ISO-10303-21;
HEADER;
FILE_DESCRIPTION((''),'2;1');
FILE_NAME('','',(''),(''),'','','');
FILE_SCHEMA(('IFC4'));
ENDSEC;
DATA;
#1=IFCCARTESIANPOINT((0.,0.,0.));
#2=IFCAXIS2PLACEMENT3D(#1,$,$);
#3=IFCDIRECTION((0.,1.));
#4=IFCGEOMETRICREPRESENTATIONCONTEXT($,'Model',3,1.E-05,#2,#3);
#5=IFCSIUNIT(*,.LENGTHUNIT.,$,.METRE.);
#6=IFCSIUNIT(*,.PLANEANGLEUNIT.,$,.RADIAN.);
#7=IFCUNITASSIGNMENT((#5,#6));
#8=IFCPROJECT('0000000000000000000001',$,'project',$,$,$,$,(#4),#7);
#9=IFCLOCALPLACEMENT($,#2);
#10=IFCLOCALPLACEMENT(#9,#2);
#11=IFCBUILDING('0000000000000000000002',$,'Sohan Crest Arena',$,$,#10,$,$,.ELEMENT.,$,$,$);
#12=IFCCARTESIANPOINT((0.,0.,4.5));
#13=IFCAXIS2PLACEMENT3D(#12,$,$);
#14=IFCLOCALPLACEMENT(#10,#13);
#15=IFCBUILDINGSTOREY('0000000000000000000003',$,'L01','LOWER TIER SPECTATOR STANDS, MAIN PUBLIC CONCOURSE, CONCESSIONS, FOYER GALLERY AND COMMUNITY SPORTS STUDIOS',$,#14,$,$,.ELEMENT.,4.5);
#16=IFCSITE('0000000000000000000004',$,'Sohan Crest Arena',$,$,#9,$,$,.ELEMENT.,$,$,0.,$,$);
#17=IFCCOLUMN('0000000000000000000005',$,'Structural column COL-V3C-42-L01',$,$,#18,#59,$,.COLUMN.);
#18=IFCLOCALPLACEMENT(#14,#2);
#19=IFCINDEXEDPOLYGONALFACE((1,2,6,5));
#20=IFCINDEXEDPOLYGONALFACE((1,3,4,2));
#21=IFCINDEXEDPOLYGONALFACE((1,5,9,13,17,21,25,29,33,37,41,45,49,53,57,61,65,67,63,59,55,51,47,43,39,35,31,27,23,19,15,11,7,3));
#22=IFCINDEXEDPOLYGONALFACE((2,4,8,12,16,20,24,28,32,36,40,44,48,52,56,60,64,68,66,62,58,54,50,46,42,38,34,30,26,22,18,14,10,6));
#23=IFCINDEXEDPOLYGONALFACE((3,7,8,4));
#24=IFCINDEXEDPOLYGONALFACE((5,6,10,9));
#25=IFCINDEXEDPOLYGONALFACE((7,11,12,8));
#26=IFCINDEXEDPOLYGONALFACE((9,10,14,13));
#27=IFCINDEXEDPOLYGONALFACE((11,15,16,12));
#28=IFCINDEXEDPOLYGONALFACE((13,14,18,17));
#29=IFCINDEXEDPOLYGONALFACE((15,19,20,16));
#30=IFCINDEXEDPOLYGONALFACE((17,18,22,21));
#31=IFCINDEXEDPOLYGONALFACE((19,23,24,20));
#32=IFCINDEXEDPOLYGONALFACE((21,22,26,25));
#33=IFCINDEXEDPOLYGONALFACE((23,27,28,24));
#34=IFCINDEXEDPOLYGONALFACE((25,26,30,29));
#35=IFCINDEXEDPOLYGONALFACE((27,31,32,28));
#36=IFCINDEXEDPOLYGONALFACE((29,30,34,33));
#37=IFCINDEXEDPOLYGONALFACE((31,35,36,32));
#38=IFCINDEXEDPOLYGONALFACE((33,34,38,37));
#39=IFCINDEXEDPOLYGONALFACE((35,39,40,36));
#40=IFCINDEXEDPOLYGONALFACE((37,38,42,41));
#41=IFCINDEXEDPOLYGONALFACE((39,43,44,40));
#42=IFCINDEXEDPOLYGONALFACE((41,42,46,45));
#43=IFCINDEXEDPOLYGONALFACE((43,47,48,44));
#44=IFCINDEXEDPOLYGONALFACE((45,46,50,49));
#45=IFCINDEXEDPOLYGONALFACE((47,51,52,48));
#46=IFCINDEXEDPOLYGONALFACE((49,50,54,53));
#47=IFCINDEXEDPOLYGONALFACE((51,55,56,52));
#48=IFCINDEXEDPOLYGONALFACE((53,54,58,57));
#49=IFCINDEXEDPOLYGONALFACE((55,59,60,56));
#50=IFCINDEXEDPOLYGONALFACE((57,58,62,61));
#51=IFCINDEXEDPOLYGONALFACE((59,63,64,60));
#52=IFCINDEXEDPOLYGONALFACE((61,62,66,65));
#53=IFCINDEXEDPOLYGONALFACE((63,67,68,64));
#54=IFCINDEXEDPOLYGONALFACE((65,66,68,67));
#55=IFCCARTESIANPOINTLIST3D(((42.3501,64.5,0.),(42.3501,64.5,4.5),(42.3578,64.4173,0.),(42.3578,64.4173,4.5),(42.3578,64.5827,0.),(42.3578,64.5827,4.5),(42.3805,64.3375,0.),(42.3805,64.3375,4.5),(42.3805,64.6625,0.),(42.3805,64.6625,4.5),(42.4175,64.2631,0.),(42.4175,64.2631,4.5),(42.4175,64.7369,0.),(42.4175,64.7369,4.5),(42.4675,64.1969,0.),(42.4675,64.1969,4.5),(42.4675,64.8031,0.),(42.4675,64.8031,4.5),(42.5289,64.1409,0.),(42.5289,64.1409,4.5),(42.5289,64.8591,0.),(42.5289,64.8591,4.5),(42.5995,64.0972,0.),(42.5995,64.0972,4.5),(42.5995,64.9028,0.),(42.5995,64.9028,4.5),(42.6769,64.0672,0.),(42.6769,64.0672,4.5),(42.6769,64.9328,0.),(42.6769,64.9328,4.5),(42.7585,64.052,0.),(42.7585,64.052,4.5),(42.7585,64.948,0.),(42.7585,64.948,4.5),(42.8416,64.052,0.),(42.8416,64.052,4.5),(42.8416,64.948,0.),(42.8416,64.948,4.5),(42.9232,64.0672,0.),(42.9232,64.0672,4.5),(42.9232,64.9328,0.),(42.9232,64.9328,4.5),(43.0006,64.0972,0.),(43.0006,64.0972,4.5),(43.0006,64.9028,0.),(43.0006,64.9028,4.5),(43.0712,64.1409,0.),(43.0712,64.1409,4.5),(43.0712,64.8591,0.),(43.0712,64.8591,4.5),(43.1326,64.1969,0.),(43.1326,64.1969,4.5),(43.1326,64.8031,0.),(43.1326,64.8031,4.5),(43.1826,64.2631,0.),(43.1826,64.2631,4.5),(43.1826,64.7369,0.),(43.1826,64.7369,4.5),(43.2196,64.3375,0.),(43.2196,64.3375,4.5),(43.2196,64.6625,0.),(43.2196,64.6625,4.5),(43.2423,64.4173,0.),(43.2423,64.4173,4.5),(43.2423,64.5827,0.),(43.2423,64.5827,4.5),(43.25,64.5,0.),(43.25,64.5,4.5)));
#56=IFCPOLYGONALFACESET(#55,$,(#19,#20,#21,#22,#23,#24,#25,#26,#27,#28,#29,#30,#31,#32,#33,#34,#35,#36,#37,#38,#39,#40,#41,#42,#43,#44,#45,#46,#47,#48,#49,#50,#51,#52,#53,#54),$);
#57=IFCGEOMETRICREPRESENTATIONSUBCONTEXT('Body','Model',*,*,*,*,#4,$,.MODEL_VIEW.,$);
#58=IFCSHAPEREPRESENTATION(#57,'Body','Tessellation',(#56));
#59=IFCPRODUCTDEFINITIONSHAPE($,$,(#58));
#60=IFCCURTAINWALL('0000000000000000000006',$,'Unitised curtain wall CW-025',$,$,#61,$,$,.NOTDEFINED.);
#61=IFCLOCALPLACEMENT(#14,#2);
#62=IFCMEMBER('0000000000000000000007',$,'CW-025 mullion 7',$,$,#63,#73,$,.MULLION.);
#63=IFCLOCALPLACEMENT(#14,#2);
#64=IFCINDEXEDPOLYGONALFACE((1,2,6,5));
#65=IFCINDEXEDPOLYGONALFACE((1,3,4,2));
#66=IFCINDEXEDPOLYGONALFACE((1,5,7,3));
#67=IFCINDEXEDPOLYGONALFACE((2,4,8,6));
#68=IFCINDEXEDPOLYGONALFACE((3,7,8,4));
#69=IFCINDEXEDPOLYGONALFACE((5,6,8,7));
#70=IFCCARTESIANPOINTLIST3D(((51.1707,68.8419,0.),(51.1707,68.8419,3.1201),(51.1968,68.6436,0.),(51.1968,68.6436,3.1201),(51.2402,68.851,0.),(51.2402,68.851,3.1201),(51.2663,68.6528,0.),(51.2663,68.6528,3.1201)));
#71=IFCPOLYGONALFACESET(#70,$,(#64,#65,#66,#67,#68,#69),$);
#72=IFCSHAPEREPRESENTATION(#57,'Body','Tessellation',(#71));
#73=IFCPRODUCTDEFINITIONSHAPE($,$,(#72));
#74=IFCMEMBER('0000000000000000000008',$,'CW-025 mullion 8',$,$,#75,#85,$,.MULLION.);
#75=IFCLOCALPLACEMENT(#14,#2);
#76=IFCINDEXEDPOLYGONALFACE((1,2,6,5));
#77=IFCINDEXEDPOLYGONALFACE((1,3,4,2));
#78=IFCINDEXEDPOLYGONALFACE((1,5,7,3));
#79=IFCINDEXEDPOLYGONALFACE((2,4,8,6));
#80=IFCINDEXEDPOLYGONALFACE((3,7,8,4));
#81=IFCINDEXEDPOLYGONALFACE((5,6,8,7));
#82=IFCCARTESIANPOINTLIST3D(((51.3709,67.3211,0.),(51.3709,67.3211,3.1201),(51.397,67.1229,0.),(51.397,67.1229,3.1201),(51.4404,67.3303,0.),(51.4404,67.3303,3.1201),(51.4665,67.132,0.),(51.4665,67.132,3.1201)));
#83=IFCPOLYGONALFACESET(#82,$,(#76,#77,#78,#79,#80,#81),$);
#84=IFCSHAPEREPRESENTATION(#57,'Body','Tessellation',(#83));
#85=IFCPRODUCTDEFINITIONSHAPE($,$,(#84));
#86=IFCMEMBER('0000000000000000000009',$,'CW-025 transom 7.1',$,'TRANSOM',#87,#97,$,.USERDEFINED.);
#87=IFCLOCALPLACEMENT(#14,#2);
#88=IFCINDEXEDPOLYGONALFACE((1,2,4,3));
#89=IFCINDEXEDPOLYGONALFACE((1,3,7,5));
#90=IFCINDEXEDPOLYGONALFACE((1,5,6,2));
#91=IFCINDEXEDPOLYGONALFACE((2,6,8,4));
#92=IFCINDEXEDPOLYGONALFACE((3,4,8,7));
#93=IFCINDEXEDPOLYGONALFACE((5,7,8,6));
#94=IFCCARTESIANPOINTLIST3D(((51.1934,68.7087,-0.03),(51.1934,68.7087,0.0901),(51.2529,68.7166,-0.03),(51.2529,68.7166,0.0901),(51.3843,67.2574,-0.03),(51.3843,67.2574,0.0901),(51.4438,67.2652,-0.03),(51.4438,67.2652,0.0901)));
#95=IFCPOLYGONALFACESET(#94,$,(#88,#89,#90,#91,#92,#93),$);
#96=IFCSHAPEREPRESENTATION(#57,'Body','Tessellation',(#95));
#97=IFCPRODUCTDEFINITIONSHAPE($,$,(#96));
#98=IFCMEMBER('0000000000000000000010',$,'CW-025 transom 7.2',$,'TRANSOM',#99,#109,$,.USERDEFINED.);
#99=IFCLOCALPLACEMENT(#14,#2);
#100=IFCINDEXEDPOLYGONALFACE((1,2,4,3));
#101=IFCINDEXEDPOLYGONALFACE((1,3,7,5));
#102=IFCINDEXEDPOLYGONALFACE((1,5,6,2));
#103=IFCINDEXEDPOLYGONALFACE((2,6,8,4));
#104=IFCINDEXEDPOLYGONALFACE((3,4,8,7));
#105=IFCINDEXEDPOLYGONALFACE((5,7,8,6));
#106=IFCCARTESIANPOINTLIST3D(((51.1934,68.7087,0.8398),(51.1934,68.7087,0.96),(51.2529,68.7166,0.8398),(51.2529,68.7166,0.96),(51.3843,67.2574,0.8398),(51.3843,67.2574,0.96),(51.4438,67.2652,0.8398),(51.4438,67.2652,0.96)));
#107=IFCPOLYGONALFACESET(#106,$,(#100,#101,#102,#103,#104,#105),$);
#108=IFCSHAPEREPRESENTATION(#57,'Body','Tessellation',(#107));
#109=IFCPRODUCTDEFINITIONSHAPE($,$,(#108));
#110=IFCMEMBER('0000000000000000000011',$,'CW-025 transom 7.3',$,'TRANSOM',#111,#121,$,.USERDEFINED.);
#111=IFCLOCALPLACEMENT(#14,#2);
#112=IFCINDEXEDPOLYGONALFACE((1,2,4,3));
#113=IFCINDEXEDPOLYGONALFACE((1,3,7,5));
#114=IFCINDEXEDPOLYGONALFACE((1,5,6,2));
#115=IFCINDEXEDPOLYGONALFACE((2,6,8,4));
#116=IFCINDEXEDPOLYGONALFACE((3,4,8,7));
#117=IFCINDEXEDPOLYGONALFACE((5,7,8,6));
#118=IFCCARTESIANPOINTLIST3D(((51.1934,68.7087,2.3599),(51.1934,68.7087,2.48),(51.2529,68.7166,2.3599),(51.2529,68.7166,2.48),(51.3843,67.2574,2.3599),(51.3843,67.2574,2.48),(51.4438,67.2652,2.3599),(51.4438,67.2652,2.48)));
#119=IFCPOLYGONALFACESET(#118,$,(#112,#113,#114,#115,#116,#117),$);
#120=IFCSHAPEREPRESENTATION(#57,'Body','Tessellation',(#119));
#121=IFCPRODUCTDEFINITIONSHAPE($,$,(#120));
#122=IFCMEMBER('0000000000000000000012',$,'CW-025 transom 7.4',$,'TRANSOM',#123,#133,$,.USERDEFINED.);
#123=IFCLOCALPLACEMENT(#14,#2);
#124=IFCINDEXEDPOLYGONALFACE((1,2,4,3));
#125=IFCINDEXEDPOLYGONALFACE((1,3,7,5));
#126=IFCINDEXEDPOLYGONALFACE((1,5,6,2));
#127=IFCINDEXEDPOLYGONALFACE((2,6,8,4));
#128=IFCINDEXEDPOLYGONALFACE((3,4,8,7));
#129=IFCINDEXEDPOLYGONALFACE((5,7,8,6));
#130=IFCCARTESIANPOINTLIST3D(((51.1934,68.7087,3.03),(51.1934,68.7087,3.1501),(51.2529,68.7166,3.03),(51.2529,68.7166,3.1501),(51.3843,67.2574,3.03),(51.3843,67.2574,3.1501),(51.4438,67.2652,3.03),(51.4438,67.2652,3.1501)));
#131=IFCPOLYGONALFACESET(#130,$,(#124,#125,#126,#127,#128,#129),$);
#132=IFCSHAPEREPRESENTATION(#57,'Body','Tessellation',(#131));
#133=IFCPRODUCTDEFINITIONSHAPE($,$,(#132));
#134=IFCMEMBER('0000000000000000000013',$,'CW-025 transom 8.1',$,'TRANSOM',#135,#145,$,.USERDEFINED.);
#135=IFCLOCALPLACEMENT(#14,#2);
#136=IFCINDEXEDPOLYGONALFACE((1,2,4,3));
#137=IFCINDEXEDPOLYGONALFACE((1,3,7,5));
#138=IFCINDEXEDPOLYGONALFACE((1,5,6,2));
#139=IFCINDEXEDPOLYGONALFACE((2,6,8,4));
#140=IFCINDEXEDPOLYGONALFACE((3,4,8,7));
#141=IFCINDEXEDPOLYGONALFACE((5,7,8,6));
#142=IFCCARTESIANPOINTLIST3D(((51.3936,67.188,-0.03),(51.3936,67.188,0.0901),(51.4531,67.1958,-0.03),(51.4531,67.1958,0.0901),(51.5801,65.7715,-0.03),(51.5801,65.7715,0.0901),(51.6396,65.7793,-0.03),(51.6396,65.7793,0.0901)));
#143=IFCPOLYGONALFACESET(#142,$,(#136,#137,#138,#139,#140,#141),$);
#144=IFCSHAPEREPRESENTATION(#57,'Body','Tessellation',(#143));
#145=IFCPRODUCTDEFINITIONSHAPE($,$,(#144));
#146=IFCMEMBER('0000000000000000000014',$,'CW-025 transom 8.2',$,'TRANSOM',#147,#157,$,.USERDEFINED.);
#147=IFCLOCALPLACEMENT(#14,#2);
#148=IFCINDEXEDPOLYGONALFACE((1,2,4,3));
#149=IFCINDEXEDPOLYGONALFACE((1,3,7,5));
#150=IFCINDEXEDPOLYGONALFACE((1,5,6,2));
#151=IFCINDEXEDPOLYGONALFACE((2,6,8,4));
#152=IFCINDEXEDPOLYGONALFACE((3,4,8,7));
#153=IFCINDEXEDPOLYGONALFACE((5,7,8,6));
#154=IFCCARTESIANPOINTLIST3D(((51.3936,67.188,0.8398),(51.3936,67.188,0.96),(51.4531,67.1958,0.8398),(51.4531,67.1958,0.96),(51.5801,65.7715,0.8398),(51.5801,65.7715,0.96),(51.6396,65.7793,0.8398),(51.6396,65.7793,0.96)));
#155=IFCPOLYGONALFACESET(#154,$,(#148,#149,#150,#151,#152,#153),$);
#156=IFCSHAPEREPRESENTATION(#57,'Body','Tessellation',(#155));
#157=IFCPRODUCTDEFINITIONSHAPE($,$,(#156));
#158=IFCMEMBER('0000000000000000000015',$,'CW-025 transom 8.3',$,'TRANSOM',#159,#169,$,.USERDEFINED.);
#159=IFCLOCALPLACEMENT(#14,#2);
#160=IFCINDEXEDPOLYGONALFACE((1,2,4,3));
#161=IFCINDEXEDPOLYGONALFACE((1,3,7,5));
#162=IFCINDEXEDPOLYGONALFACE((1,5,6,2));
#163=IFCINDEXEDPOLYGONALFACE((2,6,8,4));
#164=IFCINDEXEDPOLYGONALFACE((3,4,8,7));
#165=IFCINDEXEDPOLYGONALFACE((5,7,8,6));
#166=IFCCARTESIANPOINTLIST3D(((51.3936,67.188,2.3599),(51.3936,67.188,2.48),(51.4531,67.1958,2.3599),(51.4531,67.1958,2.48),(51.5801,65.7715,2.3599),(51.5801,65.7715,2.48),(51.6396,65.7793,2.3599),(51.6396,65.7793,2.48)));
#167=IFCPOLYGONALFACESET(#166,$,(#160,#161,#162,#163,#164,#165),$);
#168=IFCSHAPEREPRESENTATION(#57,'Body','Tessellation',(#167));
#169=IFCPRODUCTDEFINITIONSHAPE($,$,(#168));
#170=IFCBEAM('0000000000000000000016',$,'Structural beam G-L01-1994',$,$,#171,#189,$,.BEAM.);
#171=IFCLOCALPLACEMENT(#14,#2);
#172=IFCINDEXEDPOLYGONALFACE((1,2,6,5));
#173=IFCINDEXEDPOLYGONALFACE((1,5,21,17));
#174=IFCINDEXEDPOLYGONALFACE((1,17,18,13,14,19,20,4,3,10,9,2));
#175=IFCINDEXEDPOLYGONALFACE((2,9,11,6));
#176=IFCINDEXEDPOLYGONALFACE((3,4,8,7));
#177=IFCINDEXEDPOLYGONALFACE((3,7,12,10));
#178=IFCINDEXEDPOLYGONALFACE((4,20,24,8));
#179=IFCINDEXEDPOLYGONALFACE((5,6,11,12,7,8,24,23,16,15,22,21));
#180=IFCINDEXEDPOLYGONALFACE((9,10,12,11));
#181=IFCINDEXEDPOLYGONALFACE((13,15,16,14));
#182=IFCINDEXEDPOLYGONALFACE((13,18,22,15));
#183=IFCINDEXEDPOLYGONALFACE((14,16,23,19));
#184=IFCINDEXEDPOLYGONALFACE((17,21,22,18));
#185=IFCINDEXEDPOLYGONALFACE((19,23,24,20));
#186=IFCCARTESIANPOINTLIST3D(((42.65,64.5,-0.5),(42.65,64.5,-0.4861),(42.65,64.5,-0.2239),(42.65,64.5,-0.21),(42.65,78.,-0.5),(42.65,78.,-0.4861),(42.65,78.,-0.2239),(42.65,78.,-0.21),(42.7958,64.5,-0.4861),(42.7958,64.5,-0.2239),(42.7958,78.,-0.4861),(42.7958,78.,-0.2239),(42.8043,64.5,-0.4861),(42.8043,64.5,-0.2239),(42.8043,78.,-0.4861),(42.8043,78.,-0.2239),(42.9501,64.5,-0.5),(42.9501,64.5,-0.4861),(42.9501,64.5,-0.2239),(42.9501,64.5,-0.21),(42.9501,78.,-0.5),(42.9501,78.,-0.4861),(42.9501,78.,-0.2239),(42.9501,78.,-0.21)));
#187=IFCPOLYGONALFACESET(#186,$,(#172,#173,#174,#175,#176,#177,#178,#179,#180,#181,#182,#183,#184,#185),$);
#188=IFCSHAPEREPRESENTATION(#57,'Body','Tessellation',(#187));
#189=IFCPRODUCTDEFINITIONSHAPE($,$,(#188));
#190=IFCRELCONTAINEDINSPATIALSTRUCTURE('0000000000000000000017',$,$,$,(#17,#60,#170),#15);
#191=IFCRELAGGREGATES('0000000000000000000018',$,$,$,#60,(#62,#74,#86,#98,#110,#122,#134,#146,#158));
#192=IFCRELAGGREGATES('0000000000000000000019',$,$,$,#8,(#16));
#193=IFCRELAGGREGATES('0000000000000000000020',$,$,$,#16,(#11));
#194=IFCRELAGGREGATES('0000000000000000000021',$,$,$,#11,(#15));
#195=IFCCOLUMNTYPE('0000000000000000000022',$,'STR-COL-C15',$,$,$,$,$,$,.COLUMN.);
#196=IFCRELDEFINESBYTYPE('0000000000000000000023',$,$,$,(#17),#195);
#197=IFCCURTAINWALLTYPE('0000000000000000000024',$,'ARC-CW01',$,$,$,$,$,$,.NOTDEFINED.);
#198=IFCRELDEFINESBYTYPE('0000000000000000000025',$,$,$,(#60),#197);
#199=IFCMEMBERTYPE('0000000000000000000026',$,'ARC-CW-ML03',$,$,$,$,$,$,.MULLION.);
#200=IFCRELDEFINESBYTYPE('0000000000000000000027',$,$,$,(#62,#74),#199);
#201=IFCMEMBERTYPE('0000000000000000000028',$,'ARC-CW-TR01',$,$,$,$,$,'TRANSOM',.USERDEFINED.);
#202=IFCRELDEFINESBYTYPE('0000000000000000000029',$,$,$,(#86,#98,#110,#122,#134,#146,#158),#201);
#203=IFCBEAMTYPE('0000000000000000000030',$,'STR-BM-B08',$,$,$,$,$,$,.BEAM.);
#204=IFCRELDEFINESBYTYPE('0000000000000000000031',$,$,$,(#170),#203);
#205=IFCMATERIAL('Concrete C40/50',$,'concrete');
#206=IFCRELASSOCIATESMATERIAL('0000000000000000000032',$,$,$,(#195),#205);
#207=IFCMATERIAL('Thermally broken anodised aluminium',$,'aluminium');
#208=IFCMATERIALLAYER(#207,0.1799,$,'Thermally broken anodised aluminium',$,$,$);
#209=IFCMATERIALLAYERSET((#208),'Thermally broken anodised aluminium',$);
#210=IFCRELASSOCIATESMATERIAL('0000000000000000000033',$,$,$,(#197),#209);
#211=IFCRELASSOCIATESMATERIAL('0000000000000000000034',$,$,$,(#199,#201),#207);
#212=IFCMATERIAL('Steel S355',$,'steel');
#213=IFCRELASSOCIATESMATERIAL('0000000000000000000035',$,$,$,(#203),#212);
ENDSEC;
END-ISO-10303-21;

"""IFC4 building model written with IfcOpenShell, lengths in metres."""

from ifc_helpers import new_model, si_unit, direction, frame, origin, origin_2d, place, context, subcontext, project, spatial, rectangle, circle, i_section, extrude, material, layer, layer_set, material_profile, profile_set, type_object, element, aggregate, save


model = new_model("IFC4")

# Units and contexts
model_context = context("Model", 3, precision=1e-05, world=origin(), true_north=direction((0.0, 1.0)))
body_context = subcontext(model_context, "Body", "Model", "MODEL_VIEW")
ifc_project = project(units=[si_unit("LENGTHUNIT", "METRE"), si_unit("PLANEANGLEUNIT", "RADIAN")], contexts=[model_context])

# Site, building, storey
site_placement = place(None, origin())
site = spatial("IfcSite", under=ifc_project, at=site_placement, Name="Sohan Crest Arena", CompositionType="ELEMENT", RefElevation=0.0)
building_placement = place(site_placement, origin())
building = spatial("IfcBuilding", under=site, at=building_placement, Name="Sohan Crest Arena", CompositionType="ELEMENT")
storey_placement = place(building_placement, frame((0.0, 0.0, 4.5)))
storey = spatial("IfcBuildingStorey", under=building, at=storey_placement, Name="L01", Description="LOWER TIER SPECTATOR STANDS, MAIN PUBLIC CONCOURSE, CONCESSIONS, FOYER GALLERY AND COMMUNITY SPORTS STUDIOS", CompositionType="ELEMENT", Elevation=4.5)

# Column
ifc_material_1 = material(Name="Concrete C40/50", Category="concrete")
ifc_material_profile_1 = material_profile(ifc_material_1, circle(Radius=0.45, at=origin_2d()), Name="RC D900")
ifc_profile_set_1 = profile_set([ifc_material_profile_1], Name="Concrete C40/50")
column_type = type_object("IfcColumnType", Name="STR-COL-C15", PredefinedType="COLUMN", material=ifc_profile_set_1)
column_placement = place(storey_placement, frame((42.8, 64.5, 0.0), z_axis=(0.0, 0.0, 1.0), x_axis=(1.0, 0.0, 0.0)))
element("IfcColumn", 1, at=column_placement, inside=storey, type_object=column_type, Name="Structural column COL-V3C-42-L01", PredefinedType="COLUMN", context=body_context, shape_type="SweptSolid", body=[
    extrude(circle(Radius=0.45, at=origin_2d()), origin(), (0.0, 0.0, 1.0), 4.5),
])

# Curtain wall, members
ifc_material_2 = material(Name="Thermally broken anodised aluminium", Category="aluminium")
ifc_layer_1 = layer(ifc_material_2, 0.1799, Name="Thermally broken anodised aluminium")
ifc_layer_set_1 = layer_set([ifc_layer_1], Name="Thermally broken anodised aluminium")
curtain_wall_type_1 = type_object("IfcCurtainWallType", Name="ARC-CW01", PredefinedType="NOTDEFINED", material=ifc_layer_set_1)
curtain_wall_1_placement = place(storey_placement, origin())
curtain_wall_1 = element("IfcCurtainWall", 2, at=curtain_wall_1_placement, inside=storey, type_object=curtain_wall_type_1, Name="Unitised curtain wall CW-025", PredefinedType="NOTDEFINED")
ifc_material_profile_2 = material_profile(ifc_material_2, rectangle(XDim=0.0701, YDim=0.2, at=origin_2d()), Name="ALU-MULL 70x200")
ifc_profile_set_2 = profile_set([ifc_material_profile_2], Name="Thermally broken anodised aluminium")
member_type_1 = type_object("IfcMemberType", Name="ARC-CW-ML03", PredefinedType="MULLION", material=ifc_profile_set_2)
member_1_placement = place(storey_placement, frame((51.2185, 68.7473, 0.0), z_axis=(0.0, 0.0, 1.0), x_axis=(0.99144, 0.130562, 0.0)))
member_1 = element("IfcMember", 3, at=member_1_placement, type_object=member_type_1, Name="CW-025 mullion 7", PredefinedType="MULLION", context=body_context, shape_type="SweptSolid", body=[
    extrude(rectangle(XDim=0.0701, YDim=0.2, at=origin_2d()), origin(), (0.0, 0.0, 1.0), 3.1201),
])
member_2_placement = place(storey_placement, frame((51.4187, 67.2266, 0.0), z_axis=(0.0, 0.0, 1.0), x_axis=(0.99144, 0.130562, 0.0)))
member_2 = element("IfcMember", 4, at=member_2_placement, type_object=member_type_1, Name="CW-025 mullion 8", PredefinedType="MULLION", context=body_context, shape_type="SweptSolid", body=[
    extrude(rectangle(XDim=0.0701, YDim=0.2, at=origin_2d()), origin(), (0.0, 0.0, 1.0), 3.1201),
])
ifc_material_profile_3 = material_profile(ifc_material_2, rectangle(XDim=0.0601, YDim=0.1201, at=origin_2d()), Name="ALU-TRAN 60x120")
ifc_profile_set_3 = profile_set([ifc_material_profile_3], Name="Thermally broken anodised aluminium")
member_type_2 = type_object("IfcMemberType", Name="ARC-CW-TR01", ElementType="TRANSOM", PredefinedType="USERDEFINED", material=ifc_profile_set_3)
member_3_placement = place(storey_placement, frame((51.2231, 68.7126, 0.03), z_axis=(0.130416, -0.991459, 0.0), x_axis=(0.991459, 0.130416, 0.0)))
member_3 = element("IfcMember", 5, at=member_3_placement, type_object=member_type_2, Name="CW-025 transom 7.1", ObjectType="TRANSOM", PredefinedType="USERDEFINED", context=body_context, shape_type="SweptSolid", body=[
    extrude(rectangle(XDim=0.0601, YDim=0.1201, at=origin_2d()), origin(), (0.0, 0.0, 1.0), 1.4639),
])
member_4_placement = place(storey_placement, frame((51.2231, 68.7126, 0.8999), z_axis=(0.130416, -0.991459, 0.0), x_axis=(0.991459, 0.130416, 0.0)))
member_4 = element("IfcMember", 6, at=member_4_placement, type_object=member_type_2, Name="CW-025 transom 7.2", ObjectType="TRANSOM", PredefinedType="USERDEFINED", context=body_context, shape_type="SweptSolid", body=[
    extrude(rectangle(XDim=0.0601, YDim=0.1201, at=origin_2d()), origin(), (0.0, 0.0, 1.0), 1.4639),
])
member_5_placement = place(storey_placement, frame((51.2231, 68.7126, 2.4199), z_axis=(0.130416, -0.991459, 0.0), x_axis=(0.991459, 0.130416, 0.0)))
member_5 = element("IfcMember", 7, at=member_5_placement, type_object=member_type_2, Name="CW-025 transom 7.3", ObjectType="TRANSOM", PredefinedType="USERDEFINED", context=body_context, shape_type="SweptSolid", body=[
    extrude(rectangle(XDim=0.0601, YDim=0.1201, at=origin_2d()), origin(), (0.0, 0.0, 1.0), 1.4639),
])
member_6_placement = place(storey_placement, frame((51.2231, 68.7126, 3.0901), z_axis=(0.130416, -0.991459, 0.0), x_axis=(0.991459, 0.130416, 0.0)))
member_6 = element("IfcMember", 8, at=member_6_placement, type_object=member_type_2, Name="CW-025 transom 7.4", ObjectType="TRANSOM", PredefinedType="USERDEFINED", context=body_context, shape_type="SweptSolid", body=[
    extrude(rectangle(XDim=0.0601, YDim=0.1201, at=origin_2d()), origin(), (0.0, 0.0, 1.0), 1.4639),
])
member_7_placement = place(storey_placement, frame((51.4233, 67.1919, 0.03), z_axis=(0.130552, -0.991441, 0.0), x_axis=(0.991441, 0.130552, 0.0)))
member_7 = element("IfcMember", 9, at=member_7_placement, type_object=member_type_2, Name="CW-025 transom 8.1", ObjectType="TRANSOM", PredefinedType="USERDEFINED", context=body_context, shape_type="SweptSolid", body=[
    extrude(rectangle(XDim=0.0601, YDim=0.1201, at=origin_2d()), origin(), (0.0, 0.0, 1.0), 1.4287),
])
member_8_placement = place(storey_placement, frame((51.4233, 67.1919, 0.8999), z_axis=(0.130552, -0.991441, 0.0), x_axis=(0.991441, 0.130552, 0.0)))
member_8 = element("IfcMember", 10, at=member_8_placement, type_object=member_type_2, Name="CW-025 transom 8.2", ObjectType="TRANSOM", PredefinedType="USERDEFINED", context=body_context, shape_type="SweptSolid", body=[
    extrude(rectangle(XDim=0.0601, YDim=0.1201, at=origin_2d()), origin(), (0.0, 0.0, 1.0), 1.4287),
])
member_9_placement = place(storey_placement, frame((51.4233, 67.1919, 2.4199), z_axis=(0.130552, -0.991441, 0.0), x_axis=(0.991441, 0.130552, 0.0)))
member_9 = element("IfcMember", 11, at=member_9_placement, type_object=member_type_2, Name="CW-025 transom 8.3", ObjectType="TRANSOM", PredefinedType="USERDEFINED", context=body_context, shape_type="SweptSolid", body=[
    extrude(rectangle(XDim=0.0601, YDim=0.1201, at=origin_2d()), origin(), (0.0, 0.0, 1.0), 1.4287),
])

# Beam
ifc_material_3 = material(Name="Steel S355", Category="steel")
ifc_material_profile_4 = material_profile(ifc_material_3, i_section(OverallWidth=0.3, OverallDepth=0.29, WebThickness=0.0085, FlangeThickness=0.0139, at=origin_2d()), Name="HEA 300")
ifc_profile_set_4 = profile_set([ifc_material_profile_4], Name="Steel S355")
beam_type = type_object("IfcBeamType", Name="STR-BM-B08", PredefinedType="BEAM", material=ifc_profile_set_4)
beam_placement = place(storey_placement, frame((42.8, 64.5, -0.355), z_axis=(0.0, 1.0, 0.0), x_axis=(-1.0, 0.0, 0.0)))
element("IfcBeam", 12, at=beam_placement, inside=storey, type_object=beam_type, Name="Structural beam G-L01-1994", PredefinedType="BEAM", context=body_context, shape_type="SweptSolid", body=[
    extrude(i_section(OverallWidth=0.3, OverallDepth=0.29, WebThickness=0.0085, FlangeThickness=0.0139, at=origin_2d()), origin(), (0.0, 0.0, 1.0), 13.5),
])

aggregate(curtain_wall_1, [member_1, member_2, member_3, member_4, member_5, member_6, member_7, member_8, member_9])

save(model, "model.ifc")
